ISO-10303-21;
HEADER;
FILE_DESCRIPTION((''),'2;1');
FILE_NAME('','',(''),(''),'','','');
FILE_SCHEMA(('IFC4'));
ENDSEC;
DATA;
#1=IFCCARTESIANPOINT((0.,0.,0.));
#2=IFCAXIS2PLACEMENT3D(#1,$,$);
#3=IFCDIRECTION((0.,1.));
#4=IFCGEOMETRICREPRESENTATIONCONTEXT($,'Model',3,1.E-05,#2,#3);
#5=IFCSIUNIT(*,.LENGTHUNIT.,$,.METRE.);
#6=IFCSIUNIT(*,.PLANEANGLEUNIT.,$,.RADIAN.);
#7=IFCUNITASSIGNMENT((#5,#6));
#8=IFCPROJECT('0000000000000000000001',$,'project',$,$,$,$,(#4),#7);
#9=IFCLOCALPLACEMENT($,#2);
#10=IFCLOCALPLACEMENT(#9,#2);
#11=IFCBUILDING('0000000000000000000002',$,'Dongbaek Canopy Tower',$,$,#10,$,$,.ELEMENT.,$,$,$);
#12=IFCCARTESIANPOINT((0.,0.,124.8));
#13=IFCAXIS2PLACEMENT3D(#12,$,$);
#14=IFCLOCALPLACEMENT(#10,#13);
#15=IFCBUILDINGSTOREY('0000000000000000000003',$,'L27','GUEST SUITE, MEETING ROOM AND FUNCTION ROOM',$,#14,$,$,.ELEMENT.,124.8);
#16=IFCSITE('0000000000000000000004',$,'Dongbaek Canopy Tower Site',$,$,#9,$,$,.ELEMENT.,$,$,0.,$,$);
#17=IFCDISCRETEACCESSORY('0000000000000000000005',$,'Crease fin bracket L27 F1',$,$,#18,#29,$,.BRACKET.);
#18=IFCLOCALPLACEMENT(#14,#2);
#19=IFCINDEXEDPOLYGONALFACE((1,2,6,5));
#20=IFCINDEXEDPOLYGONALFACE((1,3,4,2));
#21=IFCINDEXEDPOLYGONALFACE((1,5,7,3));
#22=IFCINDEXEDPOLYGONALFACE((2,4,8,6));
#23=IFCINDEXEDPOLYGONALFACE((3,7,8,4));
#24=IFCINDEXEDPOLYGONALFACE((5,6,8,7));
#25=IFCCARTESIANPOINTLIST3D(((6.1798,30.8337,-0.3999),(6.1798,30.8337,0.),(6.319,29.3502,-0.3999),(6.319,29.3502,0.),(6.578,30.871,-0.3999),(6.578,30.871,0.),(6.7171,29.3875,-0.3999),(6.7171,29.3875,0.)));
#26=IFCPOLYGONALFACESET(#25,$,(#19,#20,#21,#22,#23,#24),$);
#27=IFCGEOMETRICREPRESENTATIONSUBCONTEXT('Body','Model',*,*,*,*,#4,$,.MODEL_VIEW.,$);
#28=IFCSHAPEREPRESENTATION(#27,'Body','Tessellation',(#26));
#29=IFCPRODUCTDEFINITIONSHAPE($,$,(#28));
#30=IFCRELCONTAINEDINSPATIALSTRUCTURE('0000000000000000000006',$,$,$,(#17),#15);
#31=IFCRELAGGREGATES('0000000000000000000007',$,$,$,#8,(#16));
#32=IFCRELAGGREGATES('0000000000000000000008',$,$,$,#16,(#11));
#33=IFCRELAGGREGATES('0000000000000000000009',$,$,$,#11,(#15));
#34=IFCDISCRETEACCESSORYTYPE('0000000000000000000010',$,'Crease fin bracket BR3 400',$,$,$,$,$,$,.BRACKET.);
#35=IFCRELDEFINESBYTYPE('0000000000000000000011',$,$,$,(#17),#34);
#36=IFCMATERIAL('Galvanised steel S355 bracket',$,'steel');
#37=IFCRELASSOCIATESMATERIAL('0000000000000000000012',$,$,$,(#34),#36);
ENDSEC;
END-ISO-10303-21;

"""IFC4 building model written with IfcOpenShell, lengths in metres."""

from ifc_helpers import new_model, si_unit, direction, frame, origin, origin_2d, place, context, subcontext, project, spatial, rectangle, extrude, material, type_object, element, save


model = new_model("IFC4")

# Units and contexts
model_context = context("Model", 3, precision=1e-05, world=origin(), true_north=direction((0.0, 1.0)))
body_context = subcontext(model_context, "Body", "Model", "MODEL_VIEW")
ifc_project = project(units=[si_unit("LENGTHUNIT", "METRE"), si_unit("PLANEANGLEUNIT", "RADIAN")], contexts=[model_context])

# Site, building, storey
site_placement = place(None, origin())
site = spatial("IfcSite", under=ifc_project, at=site_placement, Name="Dongbaek Canopy Tower Site", CompositionType="ELEMENT", RefElevation=0.0)
building_placement = place(site_placement, origin())
building = spatial("IfcBuilding", under=site, at=building_placement, Name="Dongbaek Canopy Tower", CompositionType="ELEMENT")
storey_placement = place(building_placement, frame((0.0, 0.0, 124.8)))
storey = spatial("IfcBuildingStorey", under=building, at=storey_placement, Name="L27", Description="GUEST SUITE, MEETING ROOM AND FUNCTION ROOM", CompositionType="ELEMENT", Elevation=124.8)

# Discrete accessory
ifc_material_1 = material(Name="Galvanised steel S355 bracket", Category="steel")
discrete_accessory_type = type_object("IfcDiscreteAccessoryType", Name="Crease fin bracket BR3 400", PredefinedType="BRACKET", material=ifc_material_1)
discrete_accessory_placement = place(storey_placement, frame((6.4485, 30.1106, -0.3999), z_axis=(0.0, 0.0, 1.0), x_axis=(-0.093398, 0.995629, 0.0)))
element("IfcDiscreteAccessory", 1, at=discrete_accessory_placement, inside=storey, type_object=discrete_accessory_type, Name="Crease fin bracket L27 F1", PredefinedType="BRACKET", context=body_context, shape_type="SweptSolid", body=[
    extrude(rectangle(XDim=1.49, YDim=0.3999, at=origin_2d()), origin(), (0.0, 0.0, 1.0), 0.3999),
])

save(model, "model.ifc")
